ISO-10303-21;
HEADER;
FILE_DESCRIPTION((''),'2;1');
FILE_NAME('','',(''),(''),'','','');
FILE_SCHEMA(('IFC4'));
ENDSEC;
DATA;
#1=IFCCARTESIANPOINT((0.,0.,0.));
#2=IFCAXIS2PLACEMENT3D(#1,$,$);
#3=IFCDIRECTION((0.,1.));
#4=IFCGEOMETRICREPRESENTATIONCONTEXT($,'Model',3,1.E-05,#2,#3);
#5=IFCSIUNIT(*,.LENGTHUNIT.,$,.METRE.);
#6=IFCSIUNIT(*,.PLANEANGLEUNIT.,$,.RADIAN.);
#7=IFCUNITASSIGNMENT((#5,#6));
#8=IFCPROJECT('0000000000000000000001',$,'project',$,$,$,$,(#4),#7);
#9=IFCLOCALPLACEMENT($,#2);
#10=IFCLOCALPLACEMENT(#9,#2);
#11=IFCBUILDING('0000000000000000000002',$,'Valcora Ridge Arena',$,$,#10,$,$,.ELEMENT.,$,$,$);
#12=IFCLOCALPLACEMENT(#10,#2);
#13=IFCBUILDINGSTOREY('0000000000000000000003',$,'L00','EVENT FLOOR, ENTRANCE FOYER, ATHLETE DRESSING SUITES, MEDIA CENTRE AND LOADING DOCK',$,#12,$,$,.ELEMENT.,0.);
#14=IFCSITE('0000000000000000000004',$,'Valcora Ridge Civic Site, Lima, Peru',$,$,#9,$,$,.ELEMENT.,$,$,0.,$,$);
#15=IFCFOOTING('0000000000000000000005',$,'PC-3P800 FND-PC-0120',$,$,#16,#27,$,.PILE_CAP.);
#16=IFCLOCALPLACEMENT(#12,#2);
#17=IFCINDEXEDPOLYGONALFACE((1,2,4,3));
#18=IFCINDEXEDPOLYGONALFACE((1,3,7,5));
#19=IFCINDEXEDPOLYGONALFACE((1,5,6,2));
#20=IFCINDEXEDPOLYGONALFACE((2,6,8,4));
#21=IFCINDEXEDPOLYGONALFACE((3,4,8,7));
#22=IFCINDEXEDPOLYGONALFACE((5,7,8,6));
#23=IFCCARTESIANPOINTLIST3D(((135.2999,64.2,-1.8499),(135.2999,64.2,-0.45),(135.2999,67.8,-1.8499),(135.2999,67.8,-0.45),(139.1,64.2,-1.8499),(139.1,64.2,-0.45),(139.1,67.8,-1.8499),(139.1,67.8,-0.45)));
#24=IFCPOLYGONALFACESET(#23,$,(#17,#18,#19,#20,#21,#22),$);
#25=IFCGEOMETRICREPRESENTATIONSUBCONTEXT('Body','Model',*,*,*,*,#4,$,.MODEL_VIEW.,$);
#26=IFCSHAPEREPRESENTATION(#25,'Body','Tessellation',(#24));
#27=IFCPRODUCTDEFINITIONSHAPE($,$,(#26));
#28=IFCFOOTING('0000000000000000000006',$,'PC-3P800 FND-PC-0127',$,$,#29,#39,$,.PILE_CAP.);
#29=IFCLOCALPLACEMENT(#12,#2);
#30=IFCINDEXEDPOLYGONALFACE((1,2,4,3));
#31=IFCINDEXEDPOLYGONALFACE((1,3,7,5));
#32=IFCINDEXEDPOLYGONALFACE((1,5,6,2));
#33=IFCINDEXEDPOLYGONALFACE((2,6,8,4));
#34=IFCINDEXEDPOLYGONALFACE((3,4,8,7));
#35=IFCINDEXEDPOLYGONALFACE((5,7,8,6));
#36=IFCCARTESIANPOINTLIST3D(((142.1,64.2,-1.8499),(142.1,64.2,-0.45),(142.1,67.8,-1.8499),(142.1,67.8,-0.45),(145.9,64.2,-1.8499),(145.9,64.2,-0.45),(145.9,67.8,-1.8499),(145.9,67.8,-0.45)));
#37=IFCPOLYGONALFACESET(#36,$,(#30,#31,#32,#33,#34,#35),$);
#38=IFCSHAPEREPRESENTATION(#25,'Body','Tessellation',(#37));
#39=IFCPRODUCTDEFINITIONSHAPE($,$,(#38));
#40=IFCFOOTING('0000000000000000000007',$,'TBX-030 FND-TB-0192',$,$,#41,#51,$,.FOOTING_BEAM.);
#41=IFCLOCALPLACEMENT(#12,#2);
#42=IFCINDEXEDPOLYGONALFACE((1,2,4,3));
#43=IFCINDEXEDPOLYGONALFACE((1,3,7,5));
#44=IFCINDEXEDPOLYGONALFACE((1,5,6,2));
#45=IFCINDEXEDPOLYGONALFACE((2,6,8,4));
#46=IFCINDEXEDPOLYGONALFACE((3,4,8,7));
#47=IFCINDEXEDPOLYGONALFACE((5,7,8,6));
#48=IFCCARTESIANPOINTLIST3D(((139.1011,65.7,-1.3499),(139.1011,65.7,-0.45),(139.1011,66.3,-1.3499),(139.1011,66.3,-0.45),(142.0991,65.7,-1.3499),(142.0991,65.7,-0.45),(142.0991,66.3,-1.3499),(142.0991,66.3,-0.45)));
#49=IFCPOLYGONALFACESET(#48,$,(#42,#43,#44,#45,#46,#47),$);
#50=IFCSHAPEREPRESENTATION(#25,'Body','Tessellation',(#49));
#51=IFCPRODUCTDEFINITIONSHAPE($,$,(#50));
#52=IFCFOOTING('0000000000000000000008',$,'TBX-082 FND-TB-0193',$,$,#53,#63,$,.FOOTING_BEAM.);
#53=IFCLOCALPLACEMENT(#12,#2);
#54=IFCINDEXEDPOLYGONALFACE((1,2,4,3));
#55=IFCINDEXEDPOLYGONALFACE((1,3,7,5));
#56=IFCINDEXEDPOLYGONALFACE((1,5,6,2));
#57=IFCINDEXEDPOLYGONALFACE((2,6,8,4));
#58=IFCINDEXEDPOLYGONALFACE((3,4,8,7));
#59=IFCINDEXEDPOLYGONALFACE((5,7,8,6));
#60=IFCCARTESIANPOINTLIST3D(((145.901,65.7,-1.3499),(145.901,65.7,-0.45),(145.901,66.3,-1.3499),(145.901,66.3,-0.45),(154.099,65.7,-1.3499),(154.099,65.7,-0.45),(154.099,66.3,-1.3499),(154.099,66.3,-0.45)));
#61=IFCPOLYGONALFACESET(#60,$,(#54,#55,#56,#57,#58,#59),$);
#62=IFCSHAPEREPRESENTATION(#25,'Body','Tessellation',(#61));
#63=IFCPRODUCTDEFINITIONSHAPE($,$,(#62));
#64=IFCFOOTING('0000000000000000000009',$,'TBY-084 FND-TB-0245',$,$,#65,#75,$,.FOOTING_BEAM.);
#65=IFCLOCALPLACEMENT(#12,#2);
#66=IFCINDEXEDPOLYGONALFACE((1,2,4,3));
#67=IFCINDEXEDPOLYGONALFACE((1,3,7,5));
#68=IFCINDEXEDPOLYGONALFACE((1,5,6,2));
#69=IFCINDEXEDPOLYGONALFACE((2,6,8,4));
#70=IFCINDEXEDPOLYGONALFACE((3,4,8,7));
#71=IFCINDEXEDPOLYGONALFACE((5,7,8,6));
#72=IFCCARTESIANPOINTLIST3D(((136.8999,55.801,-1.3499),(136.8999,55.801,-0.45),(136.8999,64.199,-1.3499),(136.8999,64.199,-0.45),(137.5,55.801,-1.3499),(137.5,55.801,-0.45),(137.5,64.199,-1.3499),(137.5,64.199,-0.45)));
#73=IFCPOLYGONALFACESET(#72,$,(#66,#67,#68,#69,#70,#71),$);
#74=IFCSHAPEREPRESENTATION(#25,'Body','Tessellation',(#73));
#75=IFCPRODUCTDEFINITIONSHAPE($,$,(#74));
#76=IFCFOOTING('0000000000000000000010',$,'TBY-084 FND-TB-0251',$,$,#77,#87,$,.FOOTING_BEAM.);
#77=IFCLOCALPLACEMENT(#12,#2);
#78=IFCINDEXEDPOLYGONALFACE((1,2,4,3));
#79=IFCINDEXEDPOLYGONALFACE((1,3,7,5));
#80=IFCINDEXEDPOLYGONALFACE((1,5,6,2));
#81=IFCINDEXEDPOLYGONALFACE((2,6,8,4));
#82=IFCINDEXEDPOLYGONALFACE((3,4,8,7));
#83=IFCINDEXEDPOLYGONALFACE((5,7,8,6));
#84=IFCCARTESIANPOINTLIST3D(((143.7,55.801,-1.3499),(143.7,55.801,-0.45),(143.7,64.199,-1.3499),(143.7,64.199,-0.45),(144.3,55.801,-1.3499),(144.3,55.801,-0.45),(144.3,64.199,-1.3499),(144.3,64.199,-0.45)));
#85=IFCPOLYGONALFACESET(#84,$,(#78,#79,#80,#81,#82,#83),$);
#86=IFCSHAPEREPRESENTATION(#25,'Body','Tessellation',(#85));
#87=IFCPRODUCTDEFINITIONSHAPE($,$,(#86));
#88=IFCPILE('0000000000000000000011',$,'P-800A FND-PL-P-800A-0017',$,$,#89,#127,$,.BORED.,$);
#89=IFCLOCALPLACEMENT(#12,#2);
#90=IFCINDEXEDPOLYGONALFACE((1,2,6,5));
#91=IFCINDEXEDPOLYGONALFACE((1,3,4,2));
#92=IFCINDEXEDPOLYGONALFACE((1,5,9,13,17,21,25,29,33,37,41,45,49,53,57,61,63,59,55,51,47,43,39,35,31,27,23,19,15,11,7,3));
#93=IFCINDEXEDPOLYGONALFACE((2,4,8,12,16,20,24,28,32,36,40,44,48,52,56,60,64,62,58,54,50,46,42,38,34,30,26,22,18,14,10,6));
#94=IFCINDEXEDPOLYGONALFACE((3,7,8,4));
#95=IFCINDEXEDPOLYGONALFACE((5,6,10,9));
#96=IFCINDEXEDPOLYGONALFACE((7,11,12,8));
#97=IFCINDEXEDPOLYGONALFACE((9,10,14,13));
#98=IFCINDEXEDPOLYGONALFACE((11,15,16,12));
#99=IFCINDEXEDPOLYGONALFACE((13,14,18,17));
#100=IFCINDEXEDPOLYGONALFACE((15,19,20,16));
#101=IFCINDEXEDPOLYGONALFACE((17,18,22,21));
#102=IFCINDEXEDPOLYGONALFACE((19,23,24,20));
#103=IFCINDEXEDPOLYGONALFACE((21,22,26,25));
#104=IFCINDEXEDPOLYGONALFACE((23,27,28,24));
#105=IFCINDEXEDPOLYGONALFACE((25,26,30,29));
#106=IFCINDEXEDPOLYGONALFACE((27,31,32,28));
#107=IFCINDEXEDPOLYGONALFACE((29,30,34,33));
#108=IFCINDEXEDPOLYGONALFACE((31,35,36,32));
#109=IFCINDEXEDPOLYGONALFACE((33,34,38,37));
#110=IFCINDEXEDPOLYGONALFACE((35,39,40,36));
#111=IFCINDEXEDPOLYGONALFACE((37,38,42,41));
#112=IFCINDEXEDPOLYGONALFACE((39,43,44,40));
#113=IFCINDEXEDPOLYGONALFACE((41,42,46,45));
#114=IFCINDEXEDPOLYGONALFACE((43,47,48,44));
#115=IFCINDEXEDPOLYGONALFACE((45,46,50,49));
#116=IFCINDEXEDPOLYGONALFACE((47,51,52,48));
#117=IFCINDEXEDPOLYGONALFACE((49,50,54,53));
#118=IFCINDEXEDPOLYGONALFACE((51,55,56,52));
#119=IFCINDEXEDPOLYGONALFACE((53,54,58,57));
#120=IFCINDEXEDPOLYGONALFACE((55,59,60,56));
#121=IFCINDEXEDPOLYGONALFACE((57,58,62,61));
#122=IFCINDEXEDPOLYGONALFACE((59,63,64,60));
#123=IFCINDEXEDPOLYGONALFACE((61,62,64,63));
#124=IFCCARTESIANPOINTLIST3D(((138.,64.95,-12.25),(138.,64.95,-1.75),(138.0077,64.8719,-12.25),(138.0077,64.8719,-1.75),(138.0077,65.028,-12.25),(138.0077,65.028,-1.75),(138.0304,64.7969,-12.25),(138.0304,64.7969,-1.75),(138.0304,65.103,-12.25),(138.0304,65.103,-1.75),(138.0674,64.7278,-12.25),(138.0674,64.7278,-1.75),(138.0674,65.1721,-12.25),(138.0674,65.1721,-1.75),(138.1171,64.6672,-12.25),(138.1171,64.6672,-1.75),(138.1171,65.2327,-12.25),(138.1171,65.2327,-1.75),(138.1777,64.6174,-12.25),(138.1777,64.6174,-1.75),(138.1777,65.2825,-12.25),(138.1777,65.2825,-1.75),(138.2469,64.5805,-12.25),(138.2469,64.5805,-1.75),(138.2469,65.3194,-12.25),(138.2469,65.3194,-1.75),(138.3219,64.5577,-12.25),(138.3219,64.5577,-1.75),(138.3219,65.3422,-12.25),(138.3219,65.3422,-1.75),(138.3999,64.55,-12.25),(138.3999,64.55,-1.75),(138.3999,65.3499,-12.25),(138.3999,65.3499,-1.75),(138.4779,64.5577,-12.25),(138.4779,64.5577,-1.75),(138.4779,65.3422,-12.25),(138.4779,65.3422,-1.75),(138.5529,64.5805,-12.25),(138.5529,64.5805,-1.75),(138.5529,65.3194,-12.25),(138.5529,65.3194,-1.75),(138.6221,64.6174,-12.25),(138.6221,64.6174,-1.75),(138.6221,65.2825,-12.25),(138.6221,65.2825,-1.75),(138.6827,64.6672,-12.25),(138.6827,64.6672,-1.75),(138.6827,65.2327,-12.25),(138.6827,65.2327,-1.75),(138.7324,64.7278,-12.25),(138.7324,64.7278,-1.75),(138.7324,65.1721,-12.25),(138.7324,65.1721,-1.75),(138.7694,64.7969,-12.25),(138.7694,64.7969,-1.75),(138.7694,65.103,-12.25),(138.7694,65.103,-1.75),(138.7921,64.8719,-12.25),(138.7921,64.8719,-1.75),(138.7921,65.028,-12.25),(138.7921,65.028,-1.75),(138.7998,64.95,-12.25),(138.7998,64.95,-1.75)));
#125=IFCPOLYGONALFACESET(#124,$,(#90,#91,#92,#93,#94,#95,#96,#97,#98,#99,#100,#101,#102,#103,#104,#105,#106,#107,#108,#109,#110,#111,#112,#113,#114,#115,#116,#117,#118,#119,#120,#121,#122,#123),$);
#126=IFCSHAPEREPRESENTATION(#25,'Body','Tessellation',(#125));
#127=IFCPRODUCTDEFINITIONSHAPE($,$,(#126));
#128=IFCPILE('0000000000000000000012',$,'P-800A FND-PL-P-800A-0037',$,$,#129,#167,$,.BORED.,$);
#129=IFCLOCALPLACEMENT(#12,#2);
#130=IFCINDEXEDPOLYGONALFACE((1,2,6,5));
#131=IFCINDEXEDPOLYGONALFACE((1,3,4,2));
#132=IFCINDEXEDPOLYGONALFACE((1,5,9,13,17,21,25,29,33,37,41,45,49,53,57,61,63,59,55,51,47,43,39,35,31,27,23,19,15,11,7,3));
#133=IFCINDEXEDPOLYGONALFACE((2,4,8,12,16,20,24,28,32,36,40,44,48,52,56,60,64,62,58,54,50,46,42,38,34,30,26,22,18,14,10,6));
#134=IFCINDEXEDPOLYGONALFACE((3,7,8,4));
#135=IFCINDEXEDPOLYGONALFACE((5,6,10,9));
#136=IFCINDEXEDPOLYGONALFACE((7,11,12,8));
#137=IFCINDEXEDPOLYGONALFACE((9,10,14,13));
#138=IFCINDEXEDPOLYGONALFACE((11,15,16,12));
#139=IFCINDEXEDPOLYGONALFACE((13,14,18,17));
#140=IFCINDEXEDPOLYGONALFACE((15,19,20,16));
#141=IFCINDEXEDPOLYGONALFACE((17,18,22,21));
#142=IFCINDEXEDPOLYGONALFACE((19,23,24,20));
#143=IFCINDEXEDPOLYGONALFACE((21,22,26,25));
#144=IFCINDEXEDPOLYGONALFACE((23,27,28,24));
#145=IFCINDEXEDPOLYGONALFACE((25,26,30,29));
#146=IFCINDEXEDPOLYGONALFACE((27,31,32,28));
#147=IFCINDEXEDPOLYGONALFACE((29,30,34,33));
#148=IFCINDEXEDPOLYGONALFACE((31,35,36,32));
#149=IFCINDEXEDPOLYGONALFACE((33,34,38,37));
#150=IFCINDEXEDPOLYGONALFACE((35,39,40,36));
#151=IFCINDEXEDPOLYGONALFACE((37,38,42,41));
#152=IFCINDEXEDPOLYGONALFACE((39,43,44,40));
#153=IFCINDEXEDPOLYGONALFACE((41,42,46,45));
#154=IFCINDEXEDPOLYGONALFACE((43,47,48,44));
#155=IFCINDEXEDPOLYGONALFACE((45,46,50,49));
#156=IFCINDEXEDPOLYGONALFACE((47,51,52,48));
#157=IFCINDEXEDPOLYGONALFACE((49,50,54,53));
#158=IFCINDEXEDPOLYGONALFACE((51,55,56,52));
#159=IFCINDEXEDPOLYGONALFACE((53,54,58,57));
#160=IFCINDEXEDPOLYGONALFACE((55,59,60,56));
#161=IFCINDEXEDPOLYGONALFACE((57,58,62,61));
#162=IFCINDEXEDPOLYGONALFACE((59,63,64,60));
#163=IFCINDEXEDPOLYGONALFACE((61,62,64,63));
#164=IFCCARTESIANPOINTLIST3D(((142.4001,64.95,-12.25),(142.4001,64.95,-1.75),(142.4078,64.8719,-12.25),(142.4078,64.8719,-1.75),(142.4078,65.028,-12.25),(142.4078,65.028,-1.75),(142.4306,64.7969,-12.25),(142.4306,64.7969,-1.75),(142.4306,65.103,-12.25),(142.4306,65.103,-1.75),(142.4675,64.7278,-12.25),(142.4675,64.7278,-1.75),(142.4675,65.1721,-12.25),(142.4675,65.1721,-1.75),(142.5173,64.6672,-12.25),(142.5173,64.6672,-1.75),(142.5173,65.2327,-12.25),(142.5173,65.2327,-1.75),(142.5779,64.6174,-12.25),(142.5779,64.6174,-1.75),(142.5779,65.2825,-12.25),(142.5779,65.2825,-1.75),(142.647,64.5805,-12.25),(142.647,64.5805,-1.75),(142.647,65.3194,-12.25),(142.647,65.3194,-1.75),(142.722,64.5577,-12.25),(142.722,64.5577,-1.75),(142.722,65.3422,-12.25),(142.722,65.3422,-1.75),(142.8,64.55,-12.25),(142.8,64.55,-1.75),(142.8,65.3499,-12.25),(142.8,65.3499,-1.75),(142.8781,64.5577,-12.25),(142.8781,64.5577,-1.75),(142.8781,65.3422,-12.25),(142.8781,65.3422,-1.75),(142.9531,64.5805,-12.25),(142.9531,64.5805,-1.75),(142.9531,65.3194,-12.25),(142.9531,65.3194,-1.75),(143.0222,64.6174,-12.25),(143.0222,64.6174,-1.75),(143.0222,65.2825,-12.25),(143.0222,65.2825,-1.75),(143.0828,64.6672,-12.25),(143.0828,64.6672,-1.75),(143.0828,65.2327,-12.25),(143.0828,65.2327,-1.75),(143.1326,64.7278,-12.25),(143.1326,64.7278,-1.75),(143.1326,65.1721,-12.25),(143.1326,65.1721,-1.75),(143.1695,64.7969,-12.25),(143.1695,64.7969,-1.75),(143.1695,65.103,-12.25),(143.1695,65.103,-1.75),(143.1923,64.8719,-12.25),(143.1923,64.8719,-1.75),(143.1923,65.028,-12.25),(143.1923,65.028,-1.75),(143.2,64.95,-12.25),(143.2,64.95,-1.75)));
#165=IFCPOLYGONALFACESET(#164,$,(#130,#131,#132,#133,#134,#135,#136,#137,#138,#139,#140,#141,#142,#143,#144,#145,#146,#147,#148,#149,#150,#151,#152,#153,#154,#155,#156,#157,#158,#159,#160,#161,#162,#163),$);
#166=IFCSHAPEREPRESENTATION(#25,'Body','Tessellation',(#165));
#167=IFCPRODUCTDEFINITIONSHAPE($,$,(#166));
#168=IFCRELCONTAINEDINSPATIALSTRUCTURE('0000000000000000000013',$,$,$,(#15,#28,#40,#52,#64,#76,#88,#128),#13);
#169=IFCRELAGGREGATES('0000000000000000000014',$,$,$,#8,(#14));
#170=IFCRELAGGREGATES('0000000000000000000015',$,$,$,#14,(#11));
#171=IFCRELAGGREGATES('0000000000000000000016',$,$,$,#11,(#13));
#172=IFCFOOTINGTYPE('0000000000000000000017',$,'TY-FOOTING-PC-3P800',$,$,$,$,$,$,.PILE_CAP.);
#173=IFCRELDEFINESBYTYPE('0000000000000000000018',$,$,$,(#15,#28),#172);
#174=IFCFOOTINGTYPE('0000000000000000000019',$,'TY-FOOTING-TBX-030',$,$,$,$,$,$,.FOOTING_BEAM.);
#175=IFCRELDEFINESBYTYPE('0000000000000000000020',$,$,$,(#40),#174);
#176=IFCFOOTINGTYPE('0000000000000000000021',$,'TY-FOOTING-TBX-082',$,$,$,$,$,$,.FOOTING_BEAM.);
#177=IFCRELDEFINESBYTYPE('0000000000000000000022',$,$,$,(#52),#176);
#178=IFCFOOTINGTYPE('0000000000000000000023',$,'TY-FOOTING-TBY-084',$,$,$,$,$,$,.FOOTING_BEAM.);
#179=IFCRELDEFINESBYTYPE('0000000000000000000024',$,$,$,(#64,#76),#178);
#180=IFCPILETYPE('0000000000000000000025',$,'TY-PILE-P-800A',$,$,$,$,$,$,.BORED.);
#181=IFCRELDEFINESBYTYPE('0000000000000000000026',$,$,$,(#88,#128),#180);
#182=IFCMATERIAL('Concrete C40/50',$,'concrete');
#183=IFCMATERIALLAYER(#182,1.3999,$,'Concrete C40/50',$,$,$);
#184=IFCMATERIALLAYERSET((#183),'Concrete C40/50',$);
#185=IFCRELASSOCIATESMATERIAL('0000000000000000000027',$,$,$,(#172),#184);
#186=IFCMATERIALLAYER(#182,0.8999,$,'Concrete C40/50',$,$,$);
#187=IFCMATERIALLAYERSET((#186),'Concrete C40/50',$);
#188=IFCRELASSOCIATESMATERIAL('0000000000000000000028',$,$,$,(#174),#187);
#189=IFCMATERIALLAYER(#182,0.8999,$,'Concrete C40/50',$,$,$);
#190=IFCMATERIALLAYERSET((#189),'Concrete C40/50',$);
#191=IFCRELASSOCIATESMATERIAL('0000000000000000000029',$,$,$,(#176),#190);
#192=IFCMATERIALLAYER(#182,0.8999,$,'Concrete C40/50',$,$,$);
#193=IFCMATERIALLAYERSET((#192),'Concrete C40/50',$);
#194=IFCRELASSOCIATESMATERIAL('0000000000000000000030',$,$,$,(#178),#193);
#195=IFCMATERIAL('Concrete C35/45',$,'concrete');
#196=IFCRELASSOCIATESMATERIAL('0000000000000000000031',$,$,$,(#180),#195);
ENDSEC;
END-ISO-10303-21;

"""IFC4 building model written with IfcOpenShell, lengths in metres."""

from ifc_helpers import new_model, si_unit, direction, frame, origin, origin_2d, place, context, subcontext, project, spatial, rectangle, circle, extrude, material, layer, layer_set, material_profile, profile_set, type_object, element, save


model = new_model("IFC4")

# Units and contexts
model_context = context("Model", 3, precision=1e-05, world=origin(), true_north=direction((0.0, 1.0)))
body_context = subcontext(model_context, "Body", "Model", "MODEL_VIEW")
ifc_project = project(units=[si_unit("LENGTHUNIT", "METRE"), si_unit("PLANEANGLEUNIT", "RADIAN")], contexts=[model_context])

# Site, building, storey
site_placement = place(None, origin())
site = spatial("IfcSite", under=ifc_project, at=site_placement, Name="Valcora Ridge Civic Site, Lima, Peru", CompositionType="ELEMENT", RefElevation=0.0)
building_placement = place(site_placement, origin())
building = spatial("IfcBuilding", under=site, at=building_placement, Name="Valcora Ridge Arena", CompositionType="ELEMENT")
storey_placement = place(building_placement, origin())
storey = spatial("IfcBuildingStorey", under=building, at=storey_placement, Name="L00", Description="EVENT FLOOR, ENTRANCE FOYER, ATHLETE DRESSING SUITES, MEDIA CENTRE AND LOADING DOCK", CompositionType="ELEMENT", Elevation=0.0)

# Footings
ifc_material_1 = material(Name="Concrete C40/50", Category="concrete")
ifc_layer_1 = layer(ifc_material_1, 1.3999, Name="Concrete C40/50")
ifc_layer_set_1 = layer_set([ifc_layer_1], Name="Concrete C40/50")
footing_type_1 = type_object("IfcFootingType", Name="TY-FOOTING-PC-3P800", PredefinedType="PILE_CAP", material=ifc_layer_set_1)
for number, where, z_axis, x_axis, name in (
    (1, (137.2, 66.0, -1.8499), (0.0, 0.0, 1.0), (1.0, 0.0, 0.0), "PC-3P800 FND-PC-0120"),
    (2, (144.0, 66.0, -1.8499), (0.0, 0.0, 1.0), (1.0, 0.0, 0.0), "PC-3P800 FND-PC-0127"),
):
    element("IfcFooting", number, at=place(storey_placement, frame(where, z_axis=z_axis, x_axis=x_axis)), inside=storey, type_object=footing_type_1, Name=name, PredefinedType="PILE_CAP", context=body_context, shape_type="SweptSolid", body=[
        extrude(rectangle(XDim=3.8, YDim=3.6001, at=origin_2d()), origin(), (0.0, 0.0, 1.0), 1.3999),
    ])
ifc_layer_2 = layer(ifc_material_1, 0.8999, Name="Concrete C40/50")
ifc_layer_set_2 = layer_set([ifc_layer_2], Name="Concrete C40/50")
footing_type_2 = type_object("IfcFootingType", Name="TY-FOOTING-TBX-030", PredefinedType="FOOTING_BEAM", material=ifc_layer_set_2)
footing_1_placement = place(storey_placement, frame((140.6001, 66.0, -1.3499), z_axis=(0.0, 0.0, 1.0), x_axis=(1.0, 0.0, 0.0)))
element("IfcFooting", 3, at=footing_1_placement, inside=storey, type_object=footing_type_2, Name="TBX-030 FND-TB-0192", PredefinedType="FOOTING_BEAM", context=body_context, shape_type="SweptSolid", body=[
    extrude(rectangle(XDim=2.998, YDim=0.6001, at=origin_2d()), origin(), (0.0, 0.0, 1.0), 0.8999),
])
ifc_layer_3 = layer(ifc_material_1, 0.8999, Name="Concrete C40/50")
ifc_layer_set_3 = layer_set([ifc_layer_3], Name="Concrete C40/50")
footing_type_3 = type_object("IfcFootingType", Name="TY-FOOTING-TBX-082", PredefinedType="FOOTING_BEAM", material=ifc_layer_set_3)
footing_2_placement = place(storey_placement, frame((150.0, 66.0, -1.3499), z_axis=(0.0, 0.0, 1.0), x_axis=(1.0, 0.0, 0.0)))
element("IfcFooting", 4, at=footing_2_placement, inside=storey, type_object=footing_type_3, Name="TBX-082 FND-TB-0193", PredefinedType="FOOTING_BEAM", context=body_context, shape_type="SweptSolid", body=[
    extrude(rectangle(XDim=8.198, YDim=0.6001, at=origin_2d()), origin(), (0.0, 0.0, 1.0), 0.8999),
])
ifc_layer_4 = layer(ifc_material_1, 0.8999, Name="Concrete C40/50")
ifc_layer_set_4 = layer_set([ifc_layer_4], Name="Concrete C40/50")
footing_type_4 = type_object("IfcFootingType", Name="TY-FOOTING-TBY-084", PredefinedType="FOOTING_BEAM", material=ifc_layer_set_4)
for number, where, z_axis, x_axis, name in (
    (5, (137.2, 60.0, -1.3499), (0.0, 0.0, 1.0), (1.0, 0.0, 0.0), "TBY-084 FND-TB-0245"),
    (6, (144.0, 60.0, -1.3499), (0.0, 0.0, 1.0), (1.0, 0.0, 0.0), "TBY-084 FND-TB-0251"),
):
    element("IfcFooting", number, at=place(storey_placement, frame(where, z_axis=z_axis, x_axis=x_axis)), inside=storey, type_object=footing_type_4, Name=name, PredefinedType="FOOTING_BEAM", context=body_context, shape_type="SweptSolid", body=[
        extrude(rectangle(XDim=0.6001, YDim=8.3979, at=origin_2d()), origin(), (0.0, 0.0, 1.0), 0.8999),
    ])

# Piles
ifc_material_2 = material(Name="Concrete C35/45", Category="concrete")
ifc_material_profile_1 = material_profile(ifc_material_2, circle(Radius=0.3999, at=origin_2d()), Name="BORED PILE D800")
ifc_profile_set_1 = profile_set([ifc_material_profile_1], Name="Concrete C35/45")
pile_type = type_object("IfcPileType", Name="TY-PILE-P-800A", PredefinedType="BORED", material=ifc_profile_set_1)
for number, where, z_axis, x_axis, name in (
    (7, (138.3999, 64.95, -1.75), (0.0, 0.0, -1.0), (1.0, 0.0, 0.0), "P-800A FND-PL-P-800A-0017"),
    (8, (142.8, 64.95, -1.75), (0.0, 0.0, -1.0), (1.0, 0.0, 0.0), "P-800A FND-PL-P-800A-0037"),
):
    element("IfcPile", number, at=place(storey_placement, frame(where, z_axis=z_axis, x_axis=x_axis)), inside=storey, type_object=pile_type, Name=name, PredefinedType="BORED", context=body_context, shape_type="SweptSolid", body=[
        extrude(circle(Radius=0.3999, at=origin_2d()), origin(), (0.0, 0.0, 1.0), 10.5),
    ])

save(model, "model.ifc")
